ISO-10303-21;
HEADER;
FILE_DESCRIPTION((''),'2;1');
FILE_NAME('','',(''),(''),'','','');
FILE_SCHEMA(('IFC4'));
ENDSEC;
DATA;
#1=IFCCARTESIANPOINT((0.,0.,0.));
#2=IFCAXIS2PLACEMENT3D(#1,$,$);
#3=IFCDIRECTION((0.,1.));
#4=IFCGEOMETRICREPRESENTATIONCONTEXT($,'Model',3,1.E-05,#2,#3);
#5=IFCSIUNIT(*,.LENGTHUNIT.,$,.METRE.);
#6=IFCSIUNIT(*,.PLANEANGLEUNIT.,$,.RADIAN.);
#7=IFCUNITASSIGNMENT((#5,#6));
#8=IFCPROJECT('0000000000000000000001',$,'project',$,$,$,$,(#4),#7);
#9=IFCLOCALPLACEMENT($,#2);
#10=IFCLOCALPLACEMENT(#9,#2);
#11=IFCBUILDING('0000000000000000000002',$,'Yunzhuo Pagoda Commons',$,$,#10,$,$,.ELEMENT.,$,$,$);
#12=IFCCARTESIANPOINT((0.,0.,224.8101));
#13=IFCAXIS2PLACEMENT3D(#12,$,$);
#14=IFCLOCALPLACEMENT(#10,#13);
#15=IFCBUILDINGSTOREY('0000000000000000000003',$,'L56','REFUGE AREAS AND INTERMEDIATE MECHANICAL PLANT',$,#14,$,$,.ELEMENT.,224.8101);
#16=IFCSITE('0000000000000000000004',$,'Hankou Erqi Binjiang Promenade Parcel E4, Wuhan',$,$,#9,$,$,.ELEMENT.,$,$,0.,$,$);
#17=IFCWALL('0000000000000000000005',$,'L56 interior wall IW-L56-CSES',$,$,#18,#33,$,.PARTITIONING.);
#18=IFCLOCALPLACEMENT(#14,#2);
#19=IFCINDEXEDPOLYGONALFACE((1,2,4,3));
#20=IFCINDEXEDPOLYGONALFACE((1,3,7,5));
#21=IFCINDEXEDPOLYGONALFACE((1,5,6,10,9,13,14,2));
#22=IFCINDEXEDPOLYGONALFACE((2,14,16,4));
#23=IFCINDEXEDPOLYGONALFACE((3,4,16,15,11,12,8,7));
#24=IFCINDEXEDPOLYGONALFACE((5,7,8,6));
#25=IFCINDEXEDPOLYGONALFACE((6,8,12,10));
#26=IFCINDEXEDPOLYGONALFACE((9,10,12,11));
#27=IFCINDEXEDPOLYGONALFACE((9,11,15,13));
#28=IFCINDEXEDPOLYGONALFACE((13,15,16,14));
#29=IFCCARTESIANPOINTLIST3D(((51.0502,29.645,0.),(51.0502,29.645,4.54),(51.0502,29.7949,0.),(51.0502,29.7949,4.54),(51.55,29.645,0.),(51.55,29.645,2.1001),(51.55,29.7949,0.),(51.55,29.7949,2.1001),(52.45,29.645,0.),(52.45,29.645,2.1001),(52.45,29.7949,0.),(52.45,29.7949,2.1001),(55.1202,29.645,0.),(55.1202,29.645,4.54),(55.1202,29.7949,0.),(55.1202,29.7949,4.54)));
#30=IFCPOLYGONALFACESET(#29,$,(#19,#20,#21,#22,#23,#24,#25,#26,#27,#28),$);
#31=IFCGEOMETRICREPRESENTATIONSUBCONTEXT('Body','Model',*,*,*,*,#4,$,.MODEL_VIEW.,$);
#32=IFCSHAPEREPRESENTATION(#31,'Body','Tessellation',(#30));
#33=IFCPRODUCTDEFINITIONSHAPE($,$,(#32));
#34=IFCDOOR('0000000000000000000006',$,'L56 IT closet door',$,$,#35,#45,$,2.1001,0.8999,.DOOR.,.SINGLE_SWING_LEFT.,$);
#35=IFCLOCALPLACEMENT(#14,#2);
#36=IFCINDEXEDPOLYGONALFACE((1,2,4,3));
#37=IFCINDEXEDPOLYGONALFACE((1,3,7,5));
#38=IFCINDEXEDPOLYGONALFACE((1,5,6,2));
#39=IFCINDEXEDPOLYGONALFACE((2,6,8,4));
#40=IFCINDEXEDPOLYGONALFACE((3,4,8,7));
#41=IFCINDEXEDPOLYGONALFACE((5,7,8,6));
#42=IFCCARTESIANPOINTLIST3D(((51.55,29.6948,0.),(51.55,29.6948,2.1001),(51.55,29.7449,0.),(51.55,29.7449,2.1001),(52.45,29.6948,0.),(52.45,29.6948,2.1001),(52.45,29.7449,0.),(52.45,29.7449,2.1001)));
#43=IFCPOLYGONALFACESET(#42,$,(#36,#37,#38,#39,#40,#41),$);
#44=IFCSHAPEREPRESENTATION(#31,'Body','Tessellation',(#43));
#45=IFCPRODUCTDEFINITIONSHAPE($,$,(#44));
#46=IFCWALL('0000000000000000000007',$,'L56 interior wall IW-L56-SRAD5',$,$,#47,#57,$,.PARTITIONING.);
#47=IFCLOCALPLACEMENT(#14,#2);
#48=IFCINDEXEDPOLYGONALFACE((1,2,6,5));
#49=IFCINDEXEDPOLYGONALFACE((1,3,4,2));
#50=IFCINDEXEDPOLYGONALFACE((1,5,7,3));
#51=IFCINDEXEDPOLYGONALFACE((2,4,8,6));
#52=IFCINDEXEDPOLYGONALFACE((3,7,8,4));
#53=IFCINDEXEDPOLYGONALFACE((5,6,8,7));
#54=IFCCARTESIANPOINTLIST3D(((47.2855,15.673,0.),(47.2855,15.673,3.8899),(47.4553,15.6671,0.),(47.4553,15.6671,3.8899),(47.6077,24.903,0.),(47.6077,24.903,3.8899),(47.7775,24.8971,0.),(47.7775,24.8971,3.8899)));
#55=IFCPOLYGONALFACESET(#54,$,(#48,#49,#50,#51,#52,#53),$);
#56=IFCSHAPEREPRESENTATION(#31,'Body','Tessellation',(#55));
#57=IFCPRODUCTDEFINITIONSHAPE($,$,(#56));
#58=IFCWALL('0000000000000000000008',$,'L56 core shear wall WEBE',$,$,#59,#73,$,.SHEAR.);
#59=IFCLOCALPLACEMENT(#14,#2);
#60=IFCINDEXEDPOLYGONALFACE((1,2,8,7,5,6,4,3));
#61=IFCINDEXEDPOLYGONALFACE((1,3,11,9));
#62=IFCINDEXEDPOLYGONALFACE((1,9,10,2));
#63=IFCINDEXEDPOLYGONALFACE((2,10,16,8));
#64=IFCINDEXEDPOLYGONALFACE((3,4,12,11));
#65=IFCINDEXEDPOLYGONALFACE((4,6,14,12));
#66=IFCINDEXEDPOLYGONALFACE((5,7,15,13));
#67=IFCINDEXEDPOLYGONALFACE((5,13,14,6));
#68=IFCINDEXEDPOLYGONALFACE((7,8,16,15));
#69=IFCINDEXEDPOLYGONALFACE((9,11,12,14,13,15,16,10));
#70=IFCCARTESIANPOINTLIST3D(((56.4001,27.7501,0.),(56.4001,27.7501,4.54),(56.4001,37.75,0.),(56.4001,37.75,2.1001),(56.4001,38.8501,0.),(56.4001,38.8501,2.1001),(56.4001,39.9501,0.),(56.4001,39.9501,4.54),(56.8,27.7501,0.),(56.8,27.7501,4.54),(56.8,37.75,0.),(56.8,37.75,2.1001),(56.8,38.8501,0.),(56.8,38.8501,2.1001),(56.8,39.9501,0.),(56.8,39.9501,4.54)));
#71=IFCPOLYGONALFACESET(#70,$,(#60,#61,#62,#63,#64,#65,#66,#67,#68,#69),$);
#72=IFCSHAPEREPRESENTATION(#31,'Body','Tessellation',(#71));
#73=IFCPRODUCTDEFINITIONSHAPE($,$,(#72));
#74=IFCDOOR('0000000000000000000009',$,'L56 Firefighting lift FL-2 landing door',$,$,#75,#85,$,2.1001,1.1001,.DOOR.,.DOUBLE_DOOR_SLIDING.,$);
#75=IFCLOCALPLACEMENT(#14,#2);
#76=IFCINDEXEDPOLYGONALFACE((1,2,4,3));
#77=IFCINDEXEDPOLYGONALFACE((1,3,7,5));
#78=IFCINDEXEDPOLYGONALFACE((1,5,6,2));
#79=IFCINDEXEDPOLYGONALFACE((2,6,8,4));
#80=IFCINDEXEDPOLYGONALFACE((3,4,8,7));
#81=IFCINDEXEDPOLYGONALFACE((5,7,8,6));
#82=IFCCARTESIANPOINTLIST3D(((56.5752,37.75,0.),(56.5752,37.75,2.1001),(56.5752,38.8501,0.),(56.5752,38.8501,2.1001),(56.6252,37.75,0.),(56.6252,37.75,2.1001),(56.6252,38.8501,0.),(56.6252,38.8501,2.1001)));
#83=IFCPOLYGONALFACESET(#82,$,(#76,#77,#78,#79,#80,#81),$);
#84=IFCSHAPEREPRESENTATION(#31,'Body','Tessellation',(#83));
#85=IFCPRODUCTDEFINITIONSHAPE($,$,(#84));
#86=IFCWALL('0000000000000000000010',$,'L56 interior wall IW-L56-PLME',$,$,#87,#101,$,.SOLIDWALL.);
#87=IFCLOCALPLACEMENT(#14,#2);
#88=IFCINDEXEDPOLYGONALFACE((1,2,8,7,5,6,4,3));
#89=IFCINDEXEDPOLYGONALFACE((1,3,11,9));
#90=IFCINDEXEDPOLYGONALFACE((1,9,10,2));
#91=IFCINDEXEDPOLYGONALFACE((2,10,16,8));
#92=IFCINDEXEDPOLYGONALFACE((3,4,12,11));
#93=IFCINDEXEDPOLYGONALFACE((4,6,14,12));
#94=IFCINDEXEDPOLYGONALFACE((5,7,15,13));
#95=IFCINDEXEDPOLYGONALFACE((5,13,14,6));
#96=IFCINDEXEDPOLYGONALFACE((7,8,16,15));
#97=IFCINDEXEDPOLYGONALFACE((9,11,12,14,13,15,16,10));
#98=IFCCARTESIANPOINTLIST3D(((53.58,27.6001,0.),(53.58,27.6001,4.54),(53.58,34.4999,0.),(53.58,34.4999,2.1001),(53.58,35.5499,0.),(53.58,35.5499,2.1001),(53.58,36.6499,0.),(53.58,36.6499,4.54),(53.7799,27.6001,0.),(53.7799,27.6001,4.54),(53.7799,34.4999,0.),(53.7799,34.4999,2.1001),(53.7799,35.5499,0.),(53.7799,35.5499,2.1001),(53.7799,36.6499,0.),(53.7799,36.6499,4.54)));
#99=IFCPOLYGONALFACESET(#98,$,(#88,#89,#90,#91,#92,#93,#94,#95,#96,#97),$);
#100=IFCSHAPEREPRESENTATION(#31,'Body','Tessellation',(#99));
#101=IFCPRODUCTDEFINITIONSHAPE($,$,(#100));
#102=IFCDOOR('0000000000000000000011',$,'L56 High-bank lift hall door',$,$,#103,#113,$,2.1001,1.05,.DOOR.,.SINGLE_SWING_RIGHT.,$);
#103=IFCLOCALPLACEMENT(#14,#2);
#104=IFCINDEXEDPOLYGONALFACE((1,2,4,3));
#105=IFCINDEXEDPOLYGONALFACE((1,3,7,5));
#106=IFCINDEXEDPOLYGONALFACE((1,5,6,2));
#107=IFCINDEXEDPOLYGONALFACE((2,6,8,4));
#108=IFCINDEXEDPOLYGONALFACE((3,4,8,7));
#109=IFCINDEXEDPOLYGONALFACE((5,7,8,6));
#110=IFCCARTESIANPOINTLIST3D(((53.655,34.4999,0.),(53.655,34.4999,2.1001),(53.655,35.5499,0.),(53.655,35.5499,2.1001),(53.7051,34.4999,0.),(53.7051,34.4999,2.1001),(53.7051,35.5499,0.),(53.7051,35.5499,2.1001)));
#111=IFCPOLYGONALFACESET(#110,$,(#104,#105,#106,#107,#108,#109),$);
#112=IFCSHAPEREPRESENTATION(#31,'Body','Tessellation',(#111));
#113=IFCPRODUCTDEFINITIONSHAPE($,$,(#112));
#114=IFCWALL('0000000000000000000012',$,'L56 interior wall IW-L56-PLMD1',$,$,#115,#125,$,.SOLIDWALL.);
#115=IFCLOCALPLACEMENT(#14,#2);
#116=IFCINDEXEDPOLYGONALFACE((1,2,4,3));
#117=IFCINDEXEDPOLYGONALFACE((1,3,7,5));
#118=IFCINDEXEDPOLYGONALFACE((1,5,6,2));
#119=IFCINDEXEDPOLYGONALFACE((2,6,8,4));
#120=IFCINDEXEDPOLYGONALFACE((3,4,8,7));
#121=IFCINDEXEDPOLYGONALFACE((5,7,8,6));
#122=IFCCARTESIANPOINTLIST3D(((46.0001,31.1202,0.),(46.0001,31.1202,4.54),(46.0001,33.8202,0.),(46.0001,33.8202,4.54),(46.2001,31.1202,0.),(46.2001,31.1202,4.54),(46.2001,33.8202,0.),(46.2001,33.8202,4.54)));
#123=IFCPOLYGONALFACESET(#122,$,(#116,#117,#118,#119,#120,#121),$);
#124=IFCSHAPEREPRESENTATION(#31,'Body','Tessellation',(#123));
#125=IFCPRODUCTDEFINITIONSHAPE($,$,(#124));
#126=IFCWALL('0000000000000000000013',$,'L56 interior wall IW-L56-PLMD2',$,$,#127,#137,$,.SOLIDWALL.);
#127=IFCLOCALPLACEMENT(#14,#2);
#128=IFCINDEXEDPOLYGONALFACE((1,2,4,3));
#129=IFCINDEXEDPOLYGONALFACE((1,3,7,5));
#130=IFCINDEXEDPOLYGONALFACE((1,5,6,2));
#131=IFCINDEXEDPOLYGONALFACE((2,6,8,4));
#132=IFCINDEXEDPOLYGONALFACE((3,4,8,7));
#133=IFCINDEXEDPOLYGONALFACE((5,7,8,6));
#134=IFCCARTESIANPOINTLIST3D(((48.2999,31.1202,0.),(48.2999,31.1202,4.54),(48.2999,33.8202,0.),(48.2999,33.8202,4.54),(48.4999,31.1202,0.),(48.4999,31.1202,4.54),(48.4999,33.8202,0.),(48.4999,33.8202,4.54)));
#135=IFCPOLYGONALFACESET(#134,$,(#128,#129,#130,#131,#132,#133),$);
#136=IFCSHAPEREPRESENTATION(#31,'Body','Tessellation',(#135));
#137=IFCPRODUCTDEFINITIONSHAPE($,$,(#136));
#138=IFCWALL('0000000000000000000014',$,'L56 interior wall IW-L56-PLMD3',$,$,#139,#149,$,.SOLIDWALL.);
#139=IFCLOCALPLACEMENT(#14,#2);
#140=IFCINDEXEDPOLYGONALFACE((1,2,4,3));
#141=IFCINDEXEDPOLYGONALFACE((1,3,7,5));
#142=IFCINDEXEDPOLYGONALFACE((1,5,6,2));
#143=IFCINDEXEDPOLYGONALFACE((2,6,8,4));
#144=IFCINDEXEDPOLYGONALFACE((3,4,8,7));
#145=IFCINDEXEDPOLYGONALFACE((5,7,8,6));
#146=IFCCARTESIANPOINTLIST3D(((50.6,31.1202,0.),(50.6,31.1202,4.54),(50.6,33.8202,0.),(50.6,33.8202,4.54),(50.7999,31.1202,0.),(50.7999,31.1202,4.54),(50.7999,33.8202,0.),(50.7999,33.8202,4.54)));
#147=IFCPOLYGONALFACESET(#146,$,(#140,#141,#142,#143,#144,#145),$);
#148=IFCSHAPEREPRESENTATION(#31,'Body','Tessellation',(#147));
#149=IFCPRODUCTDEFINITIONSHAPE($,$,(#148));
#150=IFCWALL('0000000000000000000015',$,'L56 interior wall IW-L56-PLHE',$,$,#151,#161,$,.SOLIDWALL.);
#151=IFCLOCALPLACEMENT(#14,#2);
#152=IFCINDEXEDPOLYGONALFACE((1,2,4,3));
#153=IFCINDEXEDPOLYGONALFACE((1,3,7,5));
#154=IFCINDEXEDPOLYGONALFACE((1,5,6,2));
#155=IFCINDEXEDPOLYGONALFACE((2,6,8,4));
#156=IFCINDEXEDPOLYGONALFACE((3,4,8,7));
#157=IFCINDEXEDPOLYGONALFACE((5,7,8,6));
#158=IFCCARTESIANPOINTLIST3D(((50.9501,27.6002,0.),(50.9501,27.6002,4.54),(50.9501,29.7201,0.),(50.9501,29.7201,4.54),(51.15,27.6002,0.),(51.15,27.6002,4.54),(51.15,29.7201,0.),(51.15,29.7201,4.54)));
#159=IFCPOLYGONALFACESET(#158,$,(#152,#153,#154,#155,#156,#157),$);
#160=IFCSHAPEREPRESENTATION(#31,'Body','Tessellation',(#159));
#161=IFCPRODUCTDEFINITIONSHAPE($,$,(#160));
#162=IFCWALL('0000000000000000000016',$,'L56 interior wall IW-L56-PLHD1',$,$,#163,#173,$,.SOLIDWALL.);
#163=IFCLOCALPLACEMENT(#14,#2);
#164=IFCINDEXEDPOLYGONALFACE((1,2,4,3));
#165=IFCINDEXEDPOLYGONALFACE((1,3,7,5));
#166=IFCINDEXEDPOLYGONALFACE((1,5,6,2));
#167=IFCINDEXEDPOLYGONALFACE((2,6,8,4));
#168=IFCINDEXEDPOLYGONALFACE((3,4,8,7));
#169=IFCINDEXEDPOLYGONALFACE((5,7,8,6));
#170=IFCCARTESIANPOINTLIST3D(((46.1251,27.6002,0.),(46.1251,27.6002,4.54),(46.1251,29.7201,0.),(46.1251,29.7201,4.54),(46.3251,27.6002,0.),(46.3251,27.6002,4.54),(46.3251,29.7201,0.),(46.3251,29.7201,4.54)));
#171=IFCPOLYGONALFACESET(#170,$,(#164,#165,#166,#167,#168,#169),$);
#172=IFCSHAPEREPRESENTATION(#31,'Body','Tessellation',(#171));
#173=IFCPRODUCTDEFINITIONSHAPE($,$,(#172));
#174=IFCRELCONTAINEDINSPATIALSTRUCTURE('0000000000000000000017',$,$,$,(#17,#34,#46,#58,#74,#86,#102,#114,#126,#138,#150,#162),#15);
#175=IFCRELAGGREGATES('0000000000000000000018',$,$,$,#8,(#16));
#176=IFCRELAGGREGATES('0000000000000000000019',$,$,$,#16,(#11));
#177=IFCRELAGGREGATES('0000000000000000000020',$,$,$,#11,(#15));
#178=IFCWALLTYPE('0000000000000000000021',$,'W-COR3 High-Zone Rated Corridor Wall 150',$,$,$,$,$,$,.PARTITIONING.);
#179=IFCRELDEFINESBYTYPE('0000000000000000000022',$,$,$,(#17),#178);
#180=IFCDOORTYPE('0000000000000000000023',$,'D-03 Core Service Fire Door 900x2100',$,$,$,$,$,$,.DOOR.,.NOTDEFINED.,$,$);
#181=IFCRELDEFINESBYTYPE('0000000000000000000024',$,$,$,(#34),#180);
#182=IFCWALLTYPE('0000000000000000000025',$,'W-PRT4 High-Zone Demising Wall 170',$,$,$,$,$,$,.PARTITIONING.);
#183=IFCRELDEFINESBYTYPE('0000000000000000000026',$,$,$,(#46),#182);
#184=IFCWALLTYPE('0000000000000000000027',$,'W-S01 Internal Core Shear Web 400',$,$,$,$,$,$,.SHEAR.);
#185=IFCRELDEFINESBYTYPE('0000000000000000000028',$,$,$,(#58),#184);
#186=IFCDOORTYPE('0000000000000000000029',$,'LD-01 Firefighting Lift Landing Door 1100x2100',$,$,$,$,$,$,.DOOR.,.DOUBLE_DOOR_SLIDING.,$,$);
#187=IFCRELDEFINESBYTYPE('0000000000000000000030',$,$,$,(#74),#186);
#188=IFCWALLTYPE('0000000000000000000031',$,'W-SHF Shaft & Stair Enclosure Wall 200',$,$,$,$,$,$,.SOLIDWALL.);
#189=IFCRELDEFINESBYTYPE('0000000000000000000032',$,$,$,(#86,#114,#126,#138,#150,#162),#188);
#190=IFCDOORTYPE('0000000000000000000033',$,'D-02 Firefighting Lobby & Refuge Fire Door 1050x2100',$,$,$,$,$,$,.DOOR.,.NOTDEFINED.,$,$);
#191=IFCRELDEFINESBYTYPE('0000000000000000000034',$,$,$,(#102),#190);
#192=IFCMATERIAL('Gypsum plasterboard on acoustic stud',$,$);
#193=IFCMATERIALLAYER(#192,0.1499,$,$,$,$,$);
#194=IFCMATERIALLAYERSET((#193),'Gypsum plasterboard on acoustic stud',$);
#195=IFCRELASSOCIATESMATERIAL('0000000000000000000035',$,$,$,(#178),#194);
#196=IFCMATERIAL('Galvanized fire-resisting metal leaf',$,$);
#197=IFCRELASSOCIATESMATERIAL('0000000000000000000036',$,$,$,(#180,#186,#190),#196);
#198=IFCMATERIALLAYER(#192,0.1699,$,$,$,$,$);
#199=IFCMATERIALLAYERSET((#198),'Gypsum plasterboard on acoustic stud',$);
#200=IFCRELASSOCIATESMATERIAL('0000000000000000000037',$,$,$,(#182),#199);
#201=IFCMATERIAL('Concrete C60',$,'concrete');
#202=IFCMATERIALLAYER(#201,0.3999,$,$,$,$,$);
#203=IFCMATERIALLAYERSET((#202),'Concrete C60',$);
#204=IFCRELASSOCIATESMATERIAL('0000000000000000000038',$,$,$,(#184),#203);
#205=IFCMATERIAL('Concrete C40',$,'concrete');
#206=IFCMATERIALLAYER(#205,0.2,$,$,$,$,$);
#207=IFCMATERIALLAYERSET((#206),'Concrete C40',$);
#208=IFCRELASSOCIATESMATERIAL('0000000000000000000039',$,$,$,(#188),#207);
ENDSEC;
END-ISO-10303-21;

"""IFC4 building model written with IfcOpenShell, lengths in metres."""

from ifc_helpers import new_model, si_unit, direction, frame, frame_2d, origin, origin_with_axes, place, context, subcontext, project, spatial, rectangle, extrude, source, transform, mapped, material, layer, layer_set, type_object, element, fill, save


model = new_model("IFC4")

# Units and contexts
model_context = context("Model", 3, precision=1e-05, world=origin(), true_north=direction((0.0, 1.0)))
body_context = subcontext(model_context, "Body", "Model", "MODEL_VIEW")
ifc_project = project(units=[si_unit("LENGTHUNIT", "METRE"), si_unit("PLANEANGLEUNIT", "RADIAN")], contexts=[model_context])

# Site, building, storey
site_placement = place(None, origin())
site = spatial("IfcSite", under=ifc_project, at=site_placement, Name="Hankou Erqi Binjiang Promenade Parcel E4, Wuhan", CompositionType="ELEMENT", RefElevation=0.0)
building_placement = place(site_placement, origin())
building = spatial("IfcBuilding", under=site, at=building_placement, Name="Yunzhuo Pagoda Commons", CompositionType="ELEMENT")
storey_placement = place(building_placement, frame((0.0, 0.0, 224.8101)))
storey = spatial("IfcBuildingStorey", under=building, at=storey_placement, Name="L56", Description="REFUGE AREAS AND INTERMEDIATE MECHANICAL PLANT", CompositionType="ELEMENT", Elevation=224.8101)

# Wall, opening, door
ifc_material_1 = material(Name="Gypsum plasterboard on acoustic stud")
ifc_layer_1 = layer(ifc_material_1, 0.1499)
ifc_layer_set_1 = layer_set([ifc_layer_1], Name="Gypsum plasterboard on acoustic stud")
wall_type_1 = type_object("IfcWallType", Name="W-COR3 High-Zone Rated Corridor Wall 150", PredefinedType="PARTITIONING", material=ifc_layer_set_1)
wall_1_placement = place(storey_placement, frame((51.05, 29.72, 0.0), z_axis=(0.0, 0.0, 1.0), x_axis=(1.0, 0.0, 0.0)))
wall_1 = element("IfcWall", 1, at=wall_1_placement, inside=storey, type_object=wall_type_1, Name="L56 interior wall IW-L56-CSES", PredefinedType="PARTITIONING", context=body_context, shape_type="SweptSolid", body=[
    extrude(rectangle(XDim=4.0701, YDim=0.1499, at=frame_2d((2.0352, 0.0))), origin(), (0.0, 0.0, 1.0), 4.54),
])
opening_1_placement = place(wall_1_placement, frame((0.5, 0.0, 0.0)))
opening_1 = element("IfcOpeningElement", 2, at=opening_1_placement, cuts=wall_1, PredefinedType="OPENING", context=body_context, shape_type="SweptSolid", body=[
    extrude(rectangle(XDim=0.8999, YDim=2.1001, at=frame_2d((0.45, 1.05))), frame((0.0, 0.085, 0.0), z_axis=(0.0, -1.0, 0.0), x_axis=(1.0, 0.0, 0.0)), (0.0, 0.0, 1.0), 0.1699),
])
ifc_material_2 = material(Name="Galvanized fire-resisting metal leaf")
door_type_1 = type_object("IfcDoorType", Name="D-03 Core Service Fire Door 900x2100", OperationType="NOTDEFINED", PredefinedType="DOOR", material=ifc_material_2)
shared_shape_1 = source(origin(), body_context, "Body", "SweptSolid", [
    extrude(rectangle(XDim=0.8999, YDim=2.1001, at=frame_2d((0.45, 1.05))), frame((0.0, 0.0249, 0.0), z_axis=(0.0, -1.0, 0.0), x_axis=(1.0, 0.0, 0.0)), (0.0, 0.0, 1.0), 0.05),
])
door_1_placement = place(opening_1_placement, origin_with_axes())
door_1 = element("IfcDoor", 3, at=door_1_placement, inside=storey, type_object=door_type_1, Name="L56 IT closet door", OperationType="SINGLE_SWING_LEFT", OverallHeight=2.1001, OverallWidth=0.8999, PredefinedType="DOOR", context=body_context, shape_type="MappedRepresentation", body=[
    mapped(shared_shape_1, transform((0.0, 0.0, 0.0), scale=1.0)),
])
fill(opening_1, door_1)

# Wall
ifc_layer_2 = layer(ifc_material_1, 0.1699)
ifc_layer_set_2 = layer_set([ifc_layer_2], Name="Gypsum plasterboard on acoustic stud")
wall_type_2 = type_object("IfcWallType", Name="W-PRT4 High-Zone Demising Wall 170", PredefinedType="PARTITIONING", material=ifc_layer_set_2)
wall_2_placement = place(storey_placement, frame((47.6926, 24.8999, 0.0), z_axis=(0.0, 0.0, 1.0), x_axis=(-0.034894, -0.999391, 0.0)))
element("IfcWall", 4, at=wall_2_placement, inside=storey, type_object=wall_type_2, Name="L56 interior wall IW-L56-SRAD5", PredefinedType="PARTITIONING", context=body_context, shape_type="SweptSolid", body=[
    extrude(rectangle(XDim=9.2356, YDim=0.1699, at=frame_2d((4.6177, 0.0))), origin(), (0.0, 0.0, 1.0), 3.8899),
])

# Walls, openings, doors
ifc_material_3 = material(Name="Concrete C60", Category="concrete")
ifc_layer_3 = layer(ifc_material_3, 0.3999)
ifc_layer_set_3 = layer_set([ifc_layer_3], Name="Concrete C60")
wall_type_3 = type_object("IfcWallType", Name="W-S01 Internal Core Shear Web 400", PredefinedType="SHEAR", material=ifc_layer_set_3)
wall_3_placement = place(storey_placement, frame((56.6001, 27.75, 0.0), z_axis=(0.0, 0.0, 1.0), x_axis=(0.0, 1.0, 0.0)))
wall_3 = element("IfcWall", 5, at=wall_3_placement, inside=storey, type_object=wall_type_3, Name="L56 core shear wall WEBE", PredefinedType="SHEAR", context=body_context, shape_type="SweptSolid", body=[
    extrude(rectangle(XDim=12.2, YDim=0.3999, at=frame_2d((6.1001, 0.0))), origin(), (0.0, 0.0, 1.0), 4.54),
])
opening_2_placement = place(wall_3_placement, frame((10.0, 0.0, 0.0)))
opening_2 = element("IfcOpeningElement", 6, at=opening_2_placement, cuts=wall_3, PredefinedType="OPENING", context=body_context, shape_type="SweptSolid", body=[
    extrude(rectangle(XDim=1.1001, YDim=2.1001, at=frame_2d((0.55, 1.05))), frame((0.0, 0.21, 0.0), z_axis=(0.0, -1.0, 0.0), x_axis=(1.0, 0.0, 0.0)), (0.0, 0.0, 1.0), 0.4199),
])
door_type_2 = type_object("IfcDoorType", Name="LD-01 Firefighting Lift Landing Door 1100x2100", OperationType="DOUBLE_DOOR_SLIDING", PredefinedType="DOOR", material=ifc_material_2)
shared_shape_2 = source(origin(), body_context, "Body", "SweptSolid", [
    extrude(rectangle(XDim=1.1001, YDim=2.1001, at=frame_2d((0.55, 1.05))), frame((0.0, 0.0249, 0.0), z_axis=(0.0, -1.0, 0.0), x_axis=(1.0, 0.0, 0.0)), (0.0, 0.0, 1.0), 0.05),
])
door_2_placement = place(opening_2_placement, origin_with_axes())
door_2 = element("IfcDoor", 7, at=door_2_placement, inside=storey, type_object=door_type_2, Name="L56 Firefighting lift FL-2 landing door", OperationType="DOUBLE_DOOR_SLIDING", OverallHeight=2.1001, OverallWidth=1.1001, PredefinedType="DOOR", context=body_context, shape_type="MappedRepresentation", body=[
    mapped(shared_shape_2, transform((0.0, 0.0, 0.0), scale=1.0)),
])
fill(opening_2, door_2)
ifc_material_4 = material(Name="Concrete C40", Category="concrete")
ifc_layer_4 = layer(ifc_material_4, 0.2)
ifc_layer_set_4 = layer_set([ifc_layer_4], Name="Concrete C40")
wall_type_4 = type_object("IfcWallType", Name="W-SHF Shaft & Stair Enclosure Wall 200", PredefinedType="SOLIDWALL", material=ifc_layer_set_4)
wall_4_placement = place(storey_placement, frame((53.6799, 27.6001, 0.0), z_axis=(0.0, 0.0, 1.0), x_axis=(0.0, 1.0, 0.0)))
wall_4 = element("IfcWall", 8, at=wall_4_placement, inside=storey, type_object=wall_type_4, Name="L56 interior wall IW-L56-PLME", PredefinedType="SOLIDWALL", context=body_context, shape_type="SweptSolid", body=[
    extrude(rectangle(XDim=9.0498, YDim=0.2, at=frame_2d((4.5249, 0.0))), origin(), (0.0, 0.0, 1.0), 4.54),
])
opening_3_placement = place(wall_4_placement, frame((6.8999, 0.0, 0.0)))
opening_3 = element("IfcOpeningElement", 9, at=opening_3_placement, cuts=wall_4, PredefinedType="OPENING", context=body_context, shape_type="SweptSolid", body=[
    extrude(rectangle(XDim=1.05, YDim=2.1001, at=frame_2d((0.5249, 1.05))), frame((0.0, 0.1099, 0.0), z_axis=(0.0, -1.0, 0.0), x_axis=(1.0, 0.0, 0.0)), (0.0, 0.0, 1.0), 0.22),
])
door_type_3 = type_object("IfcDoorType", Name="D-02 Firefighting Lobby & Refuge Fire Door 1050x2100", OperationType="NOTDEFINED", PredefinedType="DOOR", material=ifc_material_2)
shared_shape_3 = source(origin(), body_context, "Body", "SweptSolid", [
    extrude(rectangle(XDim=1.05, YDim=2.1001, at=frame_2d((0.5249, 1.05))), frame((0.0, 0.0249, 0.0), z_axis=(0.0, -1.0, 0.0), x_axis=(1.0, 0.0, 0.0)), (0.0, 0.0, 1.0), 0.05),
])
door_3_placement = place(opening_3_placement, origin_with_axes())
door_3 = element("IfcDoor", 10, at=door_3_placement, inside=storey, type_object=door_type_3, Name="L56 High-bank lift hall door", OperationType="SINGLE_SWING_RIGHT", OverallHeight=2.1001, OverallWidth=1.05, PredefinedType="DOOR", context=body_context, shape_type="MappedRepresentation", body=[
    mapped(shared_shape_3, transform((0.0, 0.0, 0.0), scale=1.0)),
])
fill(opening_3, door_3)

# Walls
for number, where, z_axis, x_axis, name in (
    (11, (46.1001, 31.1201, 0.0), (0.0, 0.0, 1.0), (0.0, 1.0, 0.0), "L56 interior wall IW-L56-PLMD1"),
    (12, (48.3999, 31.1201, 0.0), (0.0, 0.0, 1.0), (0.0, 1.0, 0.0), "L56 interior wall IW-L56-PLMD2"),
    (13, (50.7, 31.1201, 0.0), (0.0, 0.0, 1.0), (0.0, 1.0, 0.0), "L56 interior wall IW-L56-PLMD3"),
):
    element("IfcWall", number, at=place(storey_placement, frame(where, z_axis=z_axis, x_axis=x_axis)), inside=storey, type_object=wall_type_4, Name=name, PredefinedType="SOLIDWALL", context=body_context, shape_type="SweptSolid", body=[
        extrude(rectangle(XDim=2.7, YDim=0.2, at=frame_2d((1.3501, 0.0))), origin(), (0.0, 0.0, 1.0), 4.54),
    ])
for number, where, z_axis, x_axis, name in (
    (14, (51.05, 27.6001, 0.0), (0.0, 0.0, 1.0), (0.0, 1.0, 0.0), "L56 interior wall IW-L56-PLHE"),
    (15, (46.2251, 27.6001, 0.0), (0.0, 0.0, 1.0), (0.0, 1.0, 0.0), "L56 interior wall IW-L56-PLHD1"),
):
    element("IfcWall", number, at=place(storey_placement, frame(where, z_axis=z_axis, x_axis=x_axis)), inside=storey, type_object=wall_type_4, Name=name, PredefinedType="SOLIDWALL", context=body_context, shape_type="SweptSolid", body=[
        extrude(rectangle(XDim=2.1199, YDim=0.2, at=frame_2d((1.0601, 0.0))), origin(), (0.0, 0.0, 1.0), 4.54),
    ])

save(model, "model.ifc")
